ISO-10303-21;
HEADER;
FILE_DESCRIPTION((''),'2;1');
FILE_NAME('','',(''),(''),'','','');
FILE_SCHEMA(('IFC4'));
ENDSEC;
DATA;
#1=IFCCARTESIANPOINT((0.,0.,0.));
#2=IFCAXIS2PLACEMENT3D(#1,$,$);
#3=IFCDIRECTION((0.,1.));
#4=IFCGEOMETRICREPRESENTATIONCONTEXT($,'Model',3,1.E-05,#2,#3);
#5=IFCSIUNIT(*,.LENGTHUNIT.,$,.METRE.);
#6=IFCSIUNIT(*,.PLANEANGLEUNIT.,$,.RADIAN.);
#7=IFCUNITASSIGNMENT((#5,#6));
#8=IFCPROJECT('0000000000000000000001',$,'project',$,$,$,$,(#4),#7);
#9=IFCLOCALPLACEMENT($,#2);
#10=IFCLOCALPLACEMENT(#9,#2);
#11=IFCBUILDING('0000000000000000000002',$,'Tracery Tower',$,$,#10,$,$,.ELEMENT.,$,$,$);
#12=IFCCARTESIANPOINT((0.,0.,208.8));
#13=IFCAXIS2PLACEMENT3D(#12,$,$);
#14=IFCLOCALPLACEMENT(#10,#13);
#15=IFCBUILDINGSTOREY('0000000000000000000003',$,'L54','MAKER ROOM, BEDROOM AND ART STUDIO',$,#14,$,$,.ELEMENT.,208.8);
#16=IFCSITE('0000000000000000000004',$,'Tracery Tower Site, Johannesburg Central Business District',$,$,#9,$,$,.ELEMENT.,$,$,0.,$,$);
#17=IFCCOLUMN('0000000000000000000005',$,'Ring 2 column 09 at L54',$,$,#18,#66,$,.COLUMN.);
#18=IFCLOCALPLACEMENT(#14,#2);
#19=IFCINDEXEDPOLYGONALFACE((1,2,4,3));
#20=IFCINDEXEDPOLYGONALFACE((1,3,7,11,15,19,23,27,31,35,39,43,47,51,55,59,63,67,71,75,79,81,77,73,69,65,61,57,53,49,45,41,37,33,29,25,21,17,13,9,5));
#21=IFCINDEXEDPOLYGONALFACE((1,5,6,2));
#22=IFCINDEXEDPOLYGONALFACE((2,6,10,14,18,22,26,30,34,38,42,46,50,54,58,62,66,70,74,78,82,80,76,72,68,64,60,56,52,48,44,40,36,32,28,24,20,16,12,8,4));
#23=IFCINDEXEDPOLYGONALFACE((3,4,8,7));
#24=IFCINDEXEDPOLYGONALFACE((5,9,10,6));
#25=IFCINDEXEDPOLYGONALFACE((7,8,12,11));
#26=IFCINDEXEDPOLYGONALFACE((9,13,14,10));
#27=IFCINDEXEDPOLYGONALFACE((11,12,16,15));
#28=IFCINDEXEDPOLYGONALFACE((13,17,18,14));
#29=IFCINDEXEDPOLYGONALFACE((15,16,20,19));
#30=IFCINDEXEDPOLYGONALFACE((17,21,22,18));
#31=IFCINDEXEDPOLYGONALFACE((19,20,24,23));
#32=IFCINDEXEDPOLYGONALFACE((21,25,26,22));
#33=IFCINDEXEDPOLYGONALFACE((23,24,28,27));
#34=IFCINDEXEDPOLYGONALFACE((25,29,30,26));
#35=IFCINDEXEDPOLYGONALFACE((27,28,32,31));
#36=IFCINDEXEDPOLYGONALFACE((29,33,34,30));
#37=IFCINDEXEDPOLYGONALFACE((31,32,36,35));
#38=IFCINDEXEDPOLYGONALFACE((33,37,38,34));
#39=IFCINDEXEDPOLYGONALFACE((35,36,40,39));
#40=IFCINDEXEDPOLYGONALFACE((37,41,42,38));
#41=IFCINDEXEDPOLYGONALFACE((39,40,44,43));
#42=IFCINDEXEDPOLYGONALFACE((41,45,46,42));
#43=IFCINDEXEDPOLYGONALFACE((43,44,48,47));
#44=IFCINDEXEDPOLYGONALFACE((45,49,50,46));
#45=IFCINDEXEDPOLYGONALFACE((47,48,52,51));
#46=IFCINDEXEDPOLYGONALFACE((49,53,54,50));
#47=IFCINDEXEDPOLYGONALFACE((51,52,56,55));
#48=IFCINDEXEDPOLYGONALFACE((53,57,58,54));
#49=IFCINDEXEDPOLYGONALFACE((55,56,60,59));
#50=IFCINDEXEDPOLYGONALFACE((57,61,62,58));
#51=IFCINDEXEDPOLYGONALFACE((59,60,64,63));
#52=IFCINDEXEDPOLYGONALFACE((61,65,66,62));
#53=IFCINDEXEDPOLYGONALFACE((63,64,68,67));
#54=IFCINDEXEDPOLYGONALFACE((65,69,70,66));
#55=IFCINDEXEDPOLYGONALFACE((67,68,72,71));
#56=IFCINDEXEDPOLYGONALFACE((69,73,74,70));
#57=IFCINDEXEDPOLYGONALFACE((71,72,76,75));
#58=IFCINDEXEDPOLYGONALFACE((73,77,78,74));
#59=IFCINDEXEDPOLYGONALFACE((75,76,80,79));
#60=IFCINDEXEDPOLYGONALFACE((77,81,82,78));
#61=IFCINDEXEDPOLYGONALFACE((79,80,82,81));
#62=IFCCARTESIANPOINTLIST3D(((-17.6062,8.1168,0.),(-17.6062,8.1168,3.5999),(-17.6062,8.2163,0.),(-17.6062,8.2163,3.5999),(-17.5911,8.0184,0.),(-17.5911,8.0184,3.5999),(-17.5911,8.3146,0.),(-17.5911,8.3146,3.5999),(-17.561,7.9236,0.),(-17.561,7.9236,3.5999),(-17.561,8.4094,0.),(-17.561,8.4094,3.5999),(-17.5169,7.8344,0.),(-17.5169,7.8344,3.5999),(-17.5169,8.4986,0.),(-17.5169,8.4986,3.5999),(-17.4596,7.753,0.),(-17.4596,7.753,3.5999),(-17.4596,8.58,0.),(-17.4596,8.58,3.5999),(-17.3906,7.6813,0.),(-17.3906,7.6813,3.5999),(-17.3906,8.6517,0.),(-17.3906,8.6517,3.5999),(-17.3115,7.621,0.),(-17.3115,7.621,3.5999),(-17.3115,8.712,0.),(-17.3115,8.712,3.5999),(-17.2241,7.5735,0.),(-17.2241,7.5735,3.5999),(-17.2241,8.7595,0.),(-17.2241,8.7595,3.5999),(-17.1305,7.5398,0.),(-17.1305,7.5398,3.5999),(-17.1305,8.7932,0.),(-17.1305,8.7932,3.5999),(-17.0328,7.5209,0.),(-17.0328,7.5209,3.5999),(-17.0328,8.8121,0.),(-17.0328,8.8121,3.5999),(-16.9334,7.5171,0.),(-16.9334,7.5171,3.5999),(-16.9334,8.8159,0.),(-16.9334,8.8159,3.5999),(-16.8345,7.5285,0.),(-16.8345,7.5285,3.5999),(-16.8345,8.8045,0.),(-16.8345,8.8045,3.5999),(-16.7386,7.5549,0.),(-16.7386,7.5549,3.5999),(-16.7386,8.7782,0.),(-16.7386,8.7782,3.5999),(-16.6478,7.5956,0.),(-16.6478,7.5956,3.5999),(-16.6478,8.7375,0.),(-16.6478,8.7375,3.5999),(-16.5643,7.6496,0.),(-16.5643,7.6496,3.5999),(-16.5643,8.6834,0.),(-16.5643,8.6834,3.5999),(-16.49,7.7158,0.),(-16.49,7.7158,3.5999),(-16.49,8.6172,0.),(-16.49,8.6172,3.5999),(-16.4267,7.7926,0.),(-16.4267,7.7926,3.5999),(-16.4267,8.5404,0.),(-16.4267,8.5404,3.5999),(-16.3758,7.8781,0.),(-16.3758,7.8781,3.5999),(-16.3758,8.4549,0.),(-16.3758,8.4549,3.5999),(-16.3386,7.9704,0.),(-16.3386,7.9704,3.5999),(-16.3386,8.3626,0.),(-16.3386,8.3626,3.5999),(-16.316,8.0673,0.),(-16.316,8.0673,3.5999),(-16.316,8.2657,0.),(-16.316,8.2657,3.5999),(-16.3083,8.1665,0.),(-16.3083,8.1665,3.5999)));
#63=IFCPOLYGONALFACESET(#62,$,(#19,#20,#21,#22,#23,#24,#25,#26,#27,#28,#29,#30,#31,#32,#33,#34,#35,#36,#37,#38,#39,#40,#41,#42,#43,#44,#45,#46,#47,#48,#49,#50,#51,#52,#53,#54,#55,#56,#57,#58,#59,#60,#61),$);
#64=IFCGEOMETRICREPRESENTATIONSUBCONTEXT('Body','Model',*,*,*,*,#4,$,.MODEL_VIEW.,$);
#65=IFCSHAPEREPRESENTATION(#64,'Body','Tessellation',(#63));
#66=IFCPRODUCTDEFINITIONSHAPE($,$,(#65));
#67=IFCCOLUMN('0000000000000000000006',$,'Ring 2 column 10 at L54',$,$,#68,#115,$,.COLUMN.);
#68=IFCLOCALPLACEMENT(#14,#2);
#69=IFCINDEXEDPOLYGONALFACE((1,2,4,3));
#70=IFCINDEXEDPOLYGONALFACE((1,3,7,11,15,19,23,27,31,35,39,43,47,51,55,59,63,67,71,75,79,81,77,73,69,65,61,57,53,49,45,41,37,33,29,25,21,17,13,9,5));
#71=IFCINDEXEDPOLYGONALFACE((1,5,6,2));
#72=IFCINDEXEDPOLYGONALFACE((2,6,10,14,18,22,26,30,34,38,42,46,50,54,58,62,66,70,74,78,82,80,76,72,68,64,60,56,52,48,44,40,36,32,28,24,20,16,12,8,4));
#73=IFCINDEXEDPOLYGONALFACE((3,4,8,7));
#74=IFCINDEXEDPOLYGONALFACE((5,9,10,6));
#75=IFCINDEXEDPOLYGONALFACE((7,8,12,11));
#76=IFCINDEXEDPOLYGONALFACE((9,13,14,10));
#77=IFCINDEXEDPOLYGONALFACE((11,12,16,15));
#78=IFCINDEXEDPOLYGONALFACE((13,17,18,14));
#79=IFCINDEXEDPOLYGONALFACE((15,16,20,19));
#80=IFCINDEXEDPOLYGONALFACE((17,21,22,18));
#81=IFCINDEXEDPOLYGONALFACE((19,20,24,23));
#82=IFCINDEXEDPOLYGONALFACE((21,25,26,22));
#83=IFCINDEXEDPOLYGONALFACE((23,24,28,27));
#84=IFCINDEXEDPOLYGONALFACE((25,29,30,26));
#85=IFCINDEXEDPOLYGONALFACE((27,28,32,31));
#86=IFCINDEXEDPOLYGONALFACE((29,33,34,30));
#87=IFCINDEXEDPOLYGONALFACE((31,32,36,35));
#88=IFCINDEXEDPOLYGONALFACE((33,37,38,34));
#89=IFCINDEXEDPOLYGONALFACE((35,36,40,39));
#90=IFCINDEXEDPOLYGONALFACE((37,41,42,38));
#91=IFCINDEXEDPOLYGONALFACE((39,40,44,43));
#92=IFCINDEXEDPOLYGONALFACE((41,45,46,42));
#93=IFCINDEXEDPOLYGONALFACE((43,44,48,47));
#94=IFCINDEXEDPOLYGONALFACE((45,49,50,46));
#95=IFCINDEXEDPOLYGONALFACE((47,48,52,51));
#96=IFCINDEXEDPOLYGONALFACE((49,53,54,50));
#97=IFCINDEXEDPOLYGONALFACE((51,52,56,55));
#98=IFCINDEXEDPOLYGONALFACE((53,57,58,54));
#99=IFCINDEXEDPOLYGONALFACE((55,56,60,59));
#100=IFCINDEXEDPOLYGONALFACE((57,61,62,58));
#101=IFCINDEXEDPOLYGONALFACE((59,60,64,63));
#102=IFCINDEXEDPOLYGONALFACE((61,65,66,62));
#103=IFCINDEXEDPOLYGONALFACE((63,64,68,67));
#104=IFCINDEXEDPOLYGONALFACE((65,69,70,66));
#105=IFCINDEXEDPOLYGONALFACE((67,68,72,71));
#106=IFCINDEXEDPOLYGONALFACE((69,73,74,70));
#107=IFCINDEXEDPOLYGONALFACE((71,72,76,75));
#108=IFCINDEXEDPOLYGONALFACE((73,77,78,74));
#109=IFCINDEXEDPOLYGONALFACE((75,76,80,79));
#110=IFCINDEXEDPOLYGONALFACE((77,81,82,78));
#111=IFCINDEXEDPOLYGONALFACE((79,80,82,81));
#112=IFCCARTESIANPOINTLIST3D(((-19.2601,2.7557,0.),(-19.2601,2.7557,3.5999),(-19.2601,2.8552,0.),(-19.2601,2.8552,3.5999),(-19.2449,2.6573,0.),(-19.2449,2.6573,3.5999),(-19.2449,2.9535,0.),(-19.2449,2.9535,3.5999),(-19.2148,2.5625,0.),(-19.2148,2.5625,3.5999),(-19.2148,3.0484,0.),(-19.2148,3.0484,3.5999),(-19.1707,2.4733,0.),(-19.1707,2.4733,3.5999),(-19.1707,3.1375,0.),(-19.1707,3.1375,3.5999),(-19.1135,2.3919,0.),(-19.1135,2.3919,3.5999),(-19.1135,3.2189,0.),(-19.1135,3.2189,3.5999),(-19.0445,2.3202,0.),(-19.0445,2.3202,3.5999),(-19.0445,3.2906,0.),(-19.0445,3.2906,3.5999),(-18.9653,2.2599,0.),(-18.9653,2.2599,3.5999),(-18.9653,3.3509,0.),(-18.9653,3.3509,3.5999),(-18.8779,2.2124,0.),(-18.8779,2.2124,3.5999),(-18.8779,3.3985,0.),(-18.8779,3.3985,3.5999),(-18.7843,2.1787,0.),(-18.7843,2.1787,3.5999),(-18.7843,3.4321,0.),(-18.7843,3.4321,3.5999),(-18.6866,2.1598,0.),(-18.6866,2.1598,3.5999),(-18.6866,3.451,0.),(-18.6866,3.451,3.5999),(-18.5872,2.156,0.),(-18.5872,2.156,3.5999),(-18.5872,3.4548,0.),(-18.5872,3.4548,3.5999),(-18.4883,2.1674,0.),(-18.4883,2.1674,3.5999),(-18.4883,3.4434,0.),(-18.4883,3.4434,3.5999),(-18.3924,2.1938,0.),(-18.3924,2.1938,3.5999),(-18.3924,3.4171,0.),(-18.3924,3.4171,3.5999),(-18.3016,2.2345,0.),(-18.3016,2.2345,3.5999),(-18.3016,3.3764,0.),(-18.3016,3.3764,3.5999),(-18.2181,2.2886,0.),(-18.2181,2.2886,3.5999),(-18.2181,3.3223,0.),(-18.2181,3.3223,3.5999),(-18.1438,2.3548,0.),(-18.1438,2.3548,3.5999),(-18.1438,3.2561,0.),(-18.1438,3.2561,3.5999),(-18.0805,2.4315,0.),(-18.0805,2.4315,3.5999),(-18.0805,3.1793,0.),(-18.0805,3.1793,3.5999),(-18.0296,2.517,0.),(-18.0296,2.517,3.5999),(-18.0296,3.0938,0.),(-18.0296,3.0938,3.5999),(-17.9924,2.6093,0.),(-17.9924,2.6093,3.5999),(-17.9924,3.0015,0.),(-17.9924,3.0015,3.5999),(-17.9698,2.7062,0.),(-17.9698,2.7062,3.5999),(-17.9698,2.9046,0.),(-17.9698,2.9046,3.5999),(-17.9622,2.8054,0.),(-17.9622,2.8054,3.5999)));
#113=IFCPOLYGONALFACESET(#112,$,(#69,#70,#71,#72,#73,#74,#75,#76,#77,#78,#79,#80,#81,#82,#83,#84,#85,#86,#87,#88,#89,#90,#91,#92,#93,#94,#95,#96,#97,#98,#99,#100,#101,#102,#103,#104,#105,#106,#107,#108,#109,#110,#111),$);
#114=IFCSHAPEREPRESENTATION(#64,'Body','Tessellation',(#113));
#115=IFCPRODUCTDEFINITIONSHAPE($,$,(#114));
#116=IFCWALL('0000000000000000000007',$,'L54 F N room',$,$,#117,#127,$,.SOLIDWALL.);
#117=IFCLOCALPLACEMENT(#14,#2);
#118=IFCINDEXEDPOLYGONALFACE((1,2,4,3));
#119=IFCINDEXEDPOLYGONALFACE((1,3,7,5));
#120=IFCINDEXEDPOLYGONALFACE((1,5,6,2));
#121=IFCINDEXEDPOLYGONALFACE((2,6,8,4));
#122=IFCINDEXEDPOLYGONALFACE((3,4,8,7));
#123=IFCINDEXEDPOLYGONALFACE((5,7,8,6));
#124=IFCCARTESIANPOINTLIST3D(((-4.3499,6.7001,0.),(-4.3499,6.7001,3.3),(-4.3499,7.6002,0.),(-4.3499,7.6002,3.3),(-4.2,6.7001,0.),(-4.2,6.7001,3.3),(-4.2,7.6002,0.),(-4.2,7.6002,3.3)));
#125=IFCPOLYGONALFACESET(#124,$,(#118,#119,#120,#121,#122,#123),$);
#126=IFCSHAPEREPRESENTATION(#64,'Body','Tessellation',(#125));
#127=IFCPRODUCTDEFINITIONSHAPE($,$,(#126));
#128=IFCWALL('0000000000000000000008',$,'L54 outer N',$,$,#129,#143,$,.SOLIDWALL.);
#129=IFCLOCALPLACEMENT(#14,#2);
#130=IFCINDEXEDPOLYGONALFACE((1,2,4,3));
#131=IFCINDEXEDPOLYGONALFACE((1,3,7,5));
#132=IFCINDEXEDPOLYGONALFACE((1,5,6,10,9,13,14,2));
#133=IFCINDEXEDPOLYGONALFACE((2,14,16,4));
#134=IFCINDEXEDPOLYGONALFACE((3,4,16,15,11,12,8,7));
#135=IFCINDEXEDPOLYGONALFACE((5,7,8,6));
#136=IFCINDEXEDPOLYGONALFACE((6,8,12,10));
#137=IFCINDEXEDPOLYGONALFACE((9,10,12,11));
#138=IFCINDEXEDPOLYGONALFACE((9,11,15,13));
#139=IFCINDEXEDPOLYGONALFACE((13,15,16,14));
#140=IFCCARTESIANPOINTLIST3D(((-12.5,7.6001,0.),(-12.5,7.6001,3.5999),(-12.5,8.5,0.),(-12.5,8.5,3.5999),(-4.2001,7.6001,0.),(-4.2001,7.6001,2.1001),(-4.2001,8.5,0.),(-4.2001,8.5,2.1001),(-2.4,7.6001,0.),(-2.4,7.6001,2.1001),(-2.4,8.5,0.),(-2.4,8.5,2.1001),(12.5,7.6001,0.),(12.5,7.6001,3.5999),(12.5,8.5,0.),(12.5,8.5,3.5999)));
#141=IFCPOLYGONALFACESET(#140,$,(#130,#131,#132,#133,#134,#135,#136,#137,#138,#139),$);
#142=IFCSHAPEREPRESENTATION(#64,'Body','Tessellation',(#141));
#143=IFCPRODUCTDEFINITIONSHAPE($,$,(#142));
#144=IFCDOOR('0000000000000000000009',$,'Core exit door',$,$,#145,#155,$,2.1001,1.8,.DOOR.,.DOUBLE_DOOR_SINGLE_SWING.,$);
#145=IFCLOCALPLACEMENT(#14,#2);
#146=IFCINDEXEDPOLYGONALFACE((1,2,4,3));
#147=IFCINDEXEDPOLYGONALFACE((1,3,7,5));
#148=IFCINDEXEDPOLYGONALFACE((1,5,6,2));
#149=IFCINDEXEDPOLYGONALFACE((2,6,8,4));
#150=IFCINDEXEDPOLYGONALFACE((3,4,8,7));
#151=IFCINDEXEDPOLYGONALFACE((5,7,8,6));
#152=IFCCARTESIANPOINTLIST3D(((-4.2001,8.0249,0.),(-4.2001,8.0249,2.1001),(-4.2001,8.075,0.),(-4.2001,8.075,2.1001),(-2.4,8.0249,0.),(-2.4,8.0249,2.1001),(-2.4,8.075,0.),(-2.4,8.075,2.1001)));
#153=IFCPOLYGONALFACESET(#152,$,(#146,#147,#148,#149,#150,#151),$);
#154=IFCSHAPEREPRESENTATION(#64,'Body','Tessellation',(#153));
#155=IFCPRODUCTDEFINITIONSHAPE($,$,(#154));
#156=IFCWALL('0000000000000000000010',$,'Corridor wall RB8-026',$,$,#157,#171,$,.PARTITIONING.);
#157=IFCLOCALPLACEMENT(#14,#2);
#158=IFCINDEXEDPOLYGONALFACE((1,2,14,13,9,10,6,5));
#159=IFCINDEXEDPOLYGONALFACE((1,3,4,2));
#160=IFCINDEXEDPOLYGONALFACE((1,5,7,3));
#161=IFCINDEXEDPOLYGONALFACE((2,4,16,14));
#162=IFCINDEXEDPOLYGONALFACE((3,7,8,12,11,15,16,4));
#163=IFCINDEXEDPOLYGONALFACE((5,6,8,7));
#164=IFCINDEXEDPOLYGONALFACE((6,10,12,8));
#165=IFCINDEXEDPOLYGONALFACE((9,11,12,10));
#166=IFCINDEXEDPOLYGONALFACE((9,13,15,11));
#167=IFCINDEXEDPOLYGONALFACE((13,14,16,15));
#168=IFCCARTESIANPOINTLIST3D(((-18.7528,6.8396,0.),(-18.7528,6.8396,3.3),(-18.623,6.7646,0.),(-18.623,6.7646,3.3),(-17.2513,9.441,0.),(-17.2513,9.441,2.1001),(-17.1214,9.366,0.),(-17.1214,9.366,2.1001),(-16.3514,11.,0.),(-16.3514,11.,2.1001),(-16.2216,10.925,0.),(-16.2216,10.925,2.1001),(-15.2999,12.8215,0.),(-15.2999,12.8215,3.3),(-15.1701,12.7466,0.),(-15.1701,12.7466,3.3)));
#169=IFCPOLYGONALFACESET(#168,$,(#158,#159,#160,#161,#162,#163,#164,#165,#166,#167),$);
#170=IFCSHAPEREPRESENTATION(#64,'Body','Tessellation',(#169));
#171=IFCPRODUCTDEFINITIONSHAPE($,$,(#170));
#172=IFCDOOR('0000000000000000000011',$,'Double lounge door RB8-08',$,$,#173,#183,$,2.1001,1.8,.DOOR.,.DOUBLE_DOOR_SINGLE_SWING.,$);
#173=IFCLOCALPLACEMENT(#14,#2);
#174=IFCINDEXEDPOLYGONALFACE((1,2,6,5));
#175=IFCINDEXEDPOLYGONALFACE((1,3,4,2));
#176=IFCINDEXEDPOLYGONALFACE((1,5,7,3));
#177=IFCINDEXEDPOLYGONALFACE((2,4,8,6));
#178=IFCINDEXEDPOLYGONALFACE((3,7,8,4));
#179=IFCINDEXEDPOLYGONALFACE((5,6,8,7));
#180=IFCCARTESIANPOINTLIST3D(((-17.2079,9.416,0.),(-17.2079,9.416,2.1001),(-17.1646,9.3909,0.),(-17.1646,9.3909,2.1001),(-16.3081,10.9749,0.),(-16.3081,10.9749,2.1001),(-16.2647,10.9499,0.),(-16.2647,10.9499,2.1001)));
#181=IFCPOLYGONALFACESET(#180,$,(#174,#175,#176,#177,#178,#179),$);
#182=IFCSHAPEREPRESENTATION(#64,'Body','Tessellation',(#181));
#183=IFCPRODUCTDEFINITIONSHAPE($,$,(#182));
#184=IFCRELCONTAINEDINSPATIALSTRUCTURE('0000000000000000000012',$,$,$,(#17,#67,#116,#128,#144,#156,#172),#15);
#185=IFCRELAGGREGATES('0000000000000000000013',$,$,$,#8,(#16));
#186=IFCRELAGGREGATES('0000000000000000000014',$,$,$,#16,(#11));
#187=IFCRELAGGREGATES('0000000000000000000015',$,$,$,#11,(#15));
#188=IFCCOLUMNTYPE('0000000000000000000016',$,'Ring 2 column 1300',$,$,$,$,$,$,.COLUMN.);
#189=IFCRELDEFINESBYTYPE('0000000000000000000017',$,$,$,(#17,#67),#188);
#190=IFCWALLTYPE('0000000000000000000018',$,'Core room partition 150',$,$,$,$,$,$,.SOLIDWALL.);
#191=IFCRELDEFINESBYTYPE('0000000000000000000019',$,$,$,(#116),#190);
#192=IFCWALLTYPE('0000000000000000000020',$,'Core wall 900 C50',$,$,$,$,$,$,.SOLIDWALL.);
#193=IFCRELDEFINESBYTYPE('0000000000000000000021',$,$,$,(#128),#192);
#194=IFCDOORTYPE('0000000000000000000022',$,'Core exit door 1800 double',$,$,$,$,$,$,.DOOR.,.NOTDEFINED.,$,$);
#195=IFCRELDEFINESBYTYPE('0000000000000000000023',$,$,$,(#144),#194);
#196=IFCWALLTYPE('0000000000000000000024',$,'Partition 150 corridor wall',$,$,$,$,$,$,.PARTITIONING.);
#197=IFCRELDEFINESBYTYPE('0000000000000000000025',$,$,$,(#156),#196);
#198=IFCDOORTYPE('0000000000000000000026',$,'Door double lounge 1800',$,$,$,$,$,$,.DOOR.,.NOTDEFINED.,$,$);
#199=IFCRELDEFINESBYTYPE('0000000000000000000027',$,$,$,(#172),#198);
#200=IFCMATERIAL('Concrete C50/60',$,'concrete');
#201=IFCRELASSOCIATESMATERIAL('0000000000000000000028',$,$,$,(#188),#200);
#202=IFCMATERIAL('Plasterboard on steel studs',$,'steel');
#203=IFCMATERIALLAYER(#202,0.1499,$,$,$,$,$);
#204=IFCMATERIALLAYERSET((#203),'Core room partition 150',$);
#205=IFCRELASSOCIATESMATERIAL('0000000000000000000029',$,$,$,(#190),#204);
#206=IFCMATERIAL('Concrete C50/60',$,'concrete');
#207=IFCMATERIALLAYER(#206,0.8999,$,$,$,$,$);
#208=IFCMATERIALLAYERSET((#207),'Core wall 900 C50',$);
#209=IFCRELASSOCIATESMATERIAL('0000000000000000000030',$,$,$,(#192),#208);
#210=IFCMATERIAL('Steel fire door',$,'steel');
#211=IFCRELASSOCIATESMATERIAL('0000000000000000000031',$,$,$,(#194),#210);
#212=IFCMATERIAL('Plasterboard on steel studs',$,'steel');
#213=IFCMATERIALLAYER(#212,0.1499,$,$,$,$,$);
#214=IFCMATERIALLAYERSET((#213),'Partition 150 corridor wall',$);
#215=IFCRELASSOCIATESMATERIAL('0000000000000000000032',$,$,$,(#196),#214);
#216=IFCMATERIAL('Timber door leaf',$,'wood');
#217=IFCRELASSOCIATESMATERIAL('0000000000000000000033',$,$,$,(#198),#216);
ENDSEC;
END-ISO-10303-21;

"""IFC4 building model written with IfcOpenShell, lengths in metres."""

from ifc_helpers import new_model, si_unit, direction, frame, frame_2d, origin, origin_2d, place, context, subcontext, project, spatial, rectangle, circle, extrude, material, layer, layer_set, material_profile, profile_set, type_object, element, fill, save


model = new_model("IFC4")

# Units and contexts
model_context = context("Model", 3, precision=1e-05, world=origin(), true_north=direction((0.0, 1.0)))
body_context = subcontext(model_context, "Body", "Model", "MODEL_VIEW")
ifc_project = project(units=[si_unit("LENGTHUNIT", "METRE"), si_unit("PLANEANGLEUNIT", "RADIAN")], contexts=[model_context])

# Site, building, storey
site_placement = place(None, origin())
site = spatial("IfcSite", under=ifc_project, at=site_placement, Name="Tracery Tower Site, Johannesburg Central Business District", CompositionType="ELEMENT", RefElevation=0.0)
building_placement = place(site_placement, origin())
building = spatial("IfcBuilding", under=site, at=building_placement, Name="Tracery Tower", CompositionType="ELEMENT")
storey_placement = place(building_placement, frame((0.0, 0.0, 208.8)))
storey = spatial("IfcBuildingStorey", under=building, at=storey_placement, Name="L54", Description="MAKER ROOM, BEDROOM AND ART STUDIO", CompositionType="ELEMENT", Elevation=208.8)

# Columns
ifc_material_1 = material(Name="Concrete C50/60", Category="concrete")
ifc_material_profile = material_profile(ifc_material_1, circle(Radius=0.6499, at=origin_2d()), Name="RC D1300")
ifc_profile_set = profile_set([ifc_material_profile], Name="Concrete C50/60")
column_type = type_object("IfcColumnType", Name="Ring 2 column 1300", PredefinedType="COLUMN", material=ifc_profile_set)
for number, where, z_axis, x_axis, name in (
    (1, (-16.9583, 8.1665, 0.0), (0.0, 0.0, 1.0), (1.0, 0.0, 0.0), "Ring 2 column 09 at L54"),
    (2, (-18.6121, 2.8054, 0.0), (0.0, 0.0, 1.0), (1.0, 0.0, 0.0), "Ring 2 column 10 at L54"),
):
    element("IfcColumn", number, at=place(storey_placement, frame(where, z_axis=z_axis, x_axis=x_axis)), inside=storey, type_object=column_type, Name=name, PredefinedType="COLUMN", context=body_context, shape_type="SweptSolid", body=[
        extrude(circle(Radius=0.6499, at=origin_2d()), origin(), (0.0, 0.0, 1.0), 3.5999),
    ])

# Wall
ifc_material_2 = material(Name="Plasterboard on steel studs", Category="steel")
ifc_layer_1 = layer(ifc_material_2, 0.1499)
ifc_layer_set_1 = layer_set([ifc_layer_1], Name="Core room partition 150")
wall_type_1 = type_object("IfcWallType", Name="Core room partition 150", PredefinedType="SOLIDWALL", material=ifc_layer_set_1)
wall_1_placement = place(storey_placement, frame((-4.2749, 6.7, 0.0), z_axis=(0.0, 0.0, 1.0), x_axis=(0.0, 1.0, 0.0)))
element("IfcWall", 3, at=wall_1_placement, inside=storey, type_object=wall_type_1, Name="L54 F N room", PredefinedType="SOLIDWALL", context=body_context, shape_type="SweptSolid", body=[
    extrude(rectangle(XDim=0.9001, YDim=0.1499, at=frame_2d((0.4502, 0.0))), origin(), (0.0, 0.0, 1.0), 3.3),
])

# Walls, openings, doors
ifc_material_3 = material(Name="Concrete C50/60", Category="concrete")
ifc_layer_2 = layer(ifc_material_3, 0.8999)
ifc_layer_set_2 = layer_set([ifc_layer_2], Name="Core wall 900 C50")
wall_type_2 = type_object("IfcWallType", Name="Core wall 900 C50", PredefinedType="SOLIDWALL", material=ifc_layer_set_2)
wall_2_placement = place(storey_placement, frame((-12.5, 8.05, 0.0), z_axis=(0.0, 0.0, 1.0), x_axis=(1.0, 0.0, 0.0)))
wall_2 = element("IfcWall", 4, at=wall_2_placement, inside=storey, type_object=wall_type_2, Name="L54 outer N", PredefinedType="SOLIDWALL", context=body_context, shape_type="SweptSolid", body=[
    extrude(rectangle(XDim=25.0, YDim=0.8999, at=frame_2d((12.5, 0.0))), origin(), (0.0, 0.0, 1.0), 3.5999),
])
opening_1_placement = place(wall_2_placement, frame((8.3, 0.0, 0.0)))
opening_1 = element("IfcOpeningElement", 5, at=opening_1_placement, cuts=wall_2, PredefinedType="OPENING", context=body_context, shape_type="SweptSolid", body=[
    extrude(rectangle(XDim=1.8, YDim=2.1001, at=frame_2d((0.8999, 1.05))), frame((0.0, 0.45, 0.0), z_axis=(0.0, -1.0, 0.0), x_axis=(1.0, 0.0, 0.0)), (0.0, 0.0, 1.0), 0.8999),
])
ifc_material_4 = material(Name="Steel fire door", Category="steel")
door_type_1 = type_object("IfcDoorType", Name="Core exit door 1800 double", OperationType="NOTDEFINED", PredefinedType="DOOR", material=ifc_material_4)
door_1_placement = place(opening_1_placement, origin())
door_1 = element("IfcDoor", 6, at=door_1_placement, inside=storey, type_object=door_type_1, Name="Core exit door", OperationType="DOUBLE_DOOR_SINGLE_SWING", OverallHeight=2.1001, OverallWidth=1.8, PredefinedType="DOOR", context=body_context, shape_type="SweptSolid", body=[
    extrude(rectangle(XDim=1.8, YDim=2.1001, at=frame_2d((0.8999, 1.05))), frame((0.0, 0.0249, 0.0), z_axis=(0.0, -1.0, 0.0), x_axis=(1.0, 0.0, 0.0)), (0.0, 0.0, 1.0), 0.05),
])
fill(opening_1, door_1)
ifc_material_5 = material(Name="Plasterboard on steel studs", Category="steel")
ifc_layer_3 = layer(ifc_material_5, 0.1499)
ifc_layer_set_3 = layer_set([ifc_layer_3], Name="Partition 150 corridor wall")
wall_type_3 = type_object("IfcWallType", Name="Partition 150 corridor wall", PredefinedType="PARTITIONING", material=ifc_layer_set_3)
wall_3_placement = place(storey_placement, frame((-18.688, 6.802, 0.0), z_axis=(0.0, 0.0, 1.0), x_axis=(0.499914, 0.866075, 0.0)))
wall_3 = element("IfcWall", 7, at=wall_3_placement, inside=storey, type_object=wall_type_3, Name="Corridor wall RB8-026", PredefinedType="PARTITIONING", context=body_context, shape_type="SweptSolid", body=[
    extrude(rectangle(XDim=6.907, YDim=0.1499, at=frame_2d((3.4536, 0.0))), origin(), (0.0, 0.0, 1.0), 3.3),
])
opening_2_placement = place(wall_3_placement, frame((3.0039, 0.0, 0.0)))
opening_2 = element("IfcOpeningElement", 8, at=opening_2_placement, cuts=wall_3, PredefinedType="OPENING", context=body_context, shape_type="SweptSolid", body=[
    extrude(rectangle(XDim=1.8, YDim=2.1001, at=frame_2d((0.8999, 1.05))), frame((0.0, 0.075, 0.0), z_axis=(0.0, -1.0, 0.0), x_axis=(1.0, 0.0, 0.0)), (0.0, 0.0, 1.0), 0.1499),
])
ifc_material_6 = material(Name="Timber door leaf", Category="wood")
door_type_2 = type_object("IfcDoorType", Name="Door double lounge 1800", OperationType="NOTDEFINED", PredefinedType="DOOR", material=ifc_material_6)
door_2_placement = place(opening_2_placement, origin())
door_2 = element("IfcDoor", 9, at=door_2_placement, inside=storey, type_object=door_type_2, Name="Double lounge door RB8-08", OperationType="DOUBLE_DOOR_SINGLE_SWING", OverallHeight=2.1001, OverallWidth=1.8, PredefinedType="DOOR", context=body_context, shape_type="SweptSolid", body=[
    extrude(rectangle(XDim=1.8, YDim=2.1001, at=frame_2d((0.8999, 1.05))), frame((0.0, 0.0249, 0.0), z_axis=(0.0, -1.0, 0.0), x_axis=(1.0, 0.0, 0.0)), (0.0, 0.0, 1.0), 0.05),
])
fill(opening_2, door_2)

save(model, "model.ifc")
